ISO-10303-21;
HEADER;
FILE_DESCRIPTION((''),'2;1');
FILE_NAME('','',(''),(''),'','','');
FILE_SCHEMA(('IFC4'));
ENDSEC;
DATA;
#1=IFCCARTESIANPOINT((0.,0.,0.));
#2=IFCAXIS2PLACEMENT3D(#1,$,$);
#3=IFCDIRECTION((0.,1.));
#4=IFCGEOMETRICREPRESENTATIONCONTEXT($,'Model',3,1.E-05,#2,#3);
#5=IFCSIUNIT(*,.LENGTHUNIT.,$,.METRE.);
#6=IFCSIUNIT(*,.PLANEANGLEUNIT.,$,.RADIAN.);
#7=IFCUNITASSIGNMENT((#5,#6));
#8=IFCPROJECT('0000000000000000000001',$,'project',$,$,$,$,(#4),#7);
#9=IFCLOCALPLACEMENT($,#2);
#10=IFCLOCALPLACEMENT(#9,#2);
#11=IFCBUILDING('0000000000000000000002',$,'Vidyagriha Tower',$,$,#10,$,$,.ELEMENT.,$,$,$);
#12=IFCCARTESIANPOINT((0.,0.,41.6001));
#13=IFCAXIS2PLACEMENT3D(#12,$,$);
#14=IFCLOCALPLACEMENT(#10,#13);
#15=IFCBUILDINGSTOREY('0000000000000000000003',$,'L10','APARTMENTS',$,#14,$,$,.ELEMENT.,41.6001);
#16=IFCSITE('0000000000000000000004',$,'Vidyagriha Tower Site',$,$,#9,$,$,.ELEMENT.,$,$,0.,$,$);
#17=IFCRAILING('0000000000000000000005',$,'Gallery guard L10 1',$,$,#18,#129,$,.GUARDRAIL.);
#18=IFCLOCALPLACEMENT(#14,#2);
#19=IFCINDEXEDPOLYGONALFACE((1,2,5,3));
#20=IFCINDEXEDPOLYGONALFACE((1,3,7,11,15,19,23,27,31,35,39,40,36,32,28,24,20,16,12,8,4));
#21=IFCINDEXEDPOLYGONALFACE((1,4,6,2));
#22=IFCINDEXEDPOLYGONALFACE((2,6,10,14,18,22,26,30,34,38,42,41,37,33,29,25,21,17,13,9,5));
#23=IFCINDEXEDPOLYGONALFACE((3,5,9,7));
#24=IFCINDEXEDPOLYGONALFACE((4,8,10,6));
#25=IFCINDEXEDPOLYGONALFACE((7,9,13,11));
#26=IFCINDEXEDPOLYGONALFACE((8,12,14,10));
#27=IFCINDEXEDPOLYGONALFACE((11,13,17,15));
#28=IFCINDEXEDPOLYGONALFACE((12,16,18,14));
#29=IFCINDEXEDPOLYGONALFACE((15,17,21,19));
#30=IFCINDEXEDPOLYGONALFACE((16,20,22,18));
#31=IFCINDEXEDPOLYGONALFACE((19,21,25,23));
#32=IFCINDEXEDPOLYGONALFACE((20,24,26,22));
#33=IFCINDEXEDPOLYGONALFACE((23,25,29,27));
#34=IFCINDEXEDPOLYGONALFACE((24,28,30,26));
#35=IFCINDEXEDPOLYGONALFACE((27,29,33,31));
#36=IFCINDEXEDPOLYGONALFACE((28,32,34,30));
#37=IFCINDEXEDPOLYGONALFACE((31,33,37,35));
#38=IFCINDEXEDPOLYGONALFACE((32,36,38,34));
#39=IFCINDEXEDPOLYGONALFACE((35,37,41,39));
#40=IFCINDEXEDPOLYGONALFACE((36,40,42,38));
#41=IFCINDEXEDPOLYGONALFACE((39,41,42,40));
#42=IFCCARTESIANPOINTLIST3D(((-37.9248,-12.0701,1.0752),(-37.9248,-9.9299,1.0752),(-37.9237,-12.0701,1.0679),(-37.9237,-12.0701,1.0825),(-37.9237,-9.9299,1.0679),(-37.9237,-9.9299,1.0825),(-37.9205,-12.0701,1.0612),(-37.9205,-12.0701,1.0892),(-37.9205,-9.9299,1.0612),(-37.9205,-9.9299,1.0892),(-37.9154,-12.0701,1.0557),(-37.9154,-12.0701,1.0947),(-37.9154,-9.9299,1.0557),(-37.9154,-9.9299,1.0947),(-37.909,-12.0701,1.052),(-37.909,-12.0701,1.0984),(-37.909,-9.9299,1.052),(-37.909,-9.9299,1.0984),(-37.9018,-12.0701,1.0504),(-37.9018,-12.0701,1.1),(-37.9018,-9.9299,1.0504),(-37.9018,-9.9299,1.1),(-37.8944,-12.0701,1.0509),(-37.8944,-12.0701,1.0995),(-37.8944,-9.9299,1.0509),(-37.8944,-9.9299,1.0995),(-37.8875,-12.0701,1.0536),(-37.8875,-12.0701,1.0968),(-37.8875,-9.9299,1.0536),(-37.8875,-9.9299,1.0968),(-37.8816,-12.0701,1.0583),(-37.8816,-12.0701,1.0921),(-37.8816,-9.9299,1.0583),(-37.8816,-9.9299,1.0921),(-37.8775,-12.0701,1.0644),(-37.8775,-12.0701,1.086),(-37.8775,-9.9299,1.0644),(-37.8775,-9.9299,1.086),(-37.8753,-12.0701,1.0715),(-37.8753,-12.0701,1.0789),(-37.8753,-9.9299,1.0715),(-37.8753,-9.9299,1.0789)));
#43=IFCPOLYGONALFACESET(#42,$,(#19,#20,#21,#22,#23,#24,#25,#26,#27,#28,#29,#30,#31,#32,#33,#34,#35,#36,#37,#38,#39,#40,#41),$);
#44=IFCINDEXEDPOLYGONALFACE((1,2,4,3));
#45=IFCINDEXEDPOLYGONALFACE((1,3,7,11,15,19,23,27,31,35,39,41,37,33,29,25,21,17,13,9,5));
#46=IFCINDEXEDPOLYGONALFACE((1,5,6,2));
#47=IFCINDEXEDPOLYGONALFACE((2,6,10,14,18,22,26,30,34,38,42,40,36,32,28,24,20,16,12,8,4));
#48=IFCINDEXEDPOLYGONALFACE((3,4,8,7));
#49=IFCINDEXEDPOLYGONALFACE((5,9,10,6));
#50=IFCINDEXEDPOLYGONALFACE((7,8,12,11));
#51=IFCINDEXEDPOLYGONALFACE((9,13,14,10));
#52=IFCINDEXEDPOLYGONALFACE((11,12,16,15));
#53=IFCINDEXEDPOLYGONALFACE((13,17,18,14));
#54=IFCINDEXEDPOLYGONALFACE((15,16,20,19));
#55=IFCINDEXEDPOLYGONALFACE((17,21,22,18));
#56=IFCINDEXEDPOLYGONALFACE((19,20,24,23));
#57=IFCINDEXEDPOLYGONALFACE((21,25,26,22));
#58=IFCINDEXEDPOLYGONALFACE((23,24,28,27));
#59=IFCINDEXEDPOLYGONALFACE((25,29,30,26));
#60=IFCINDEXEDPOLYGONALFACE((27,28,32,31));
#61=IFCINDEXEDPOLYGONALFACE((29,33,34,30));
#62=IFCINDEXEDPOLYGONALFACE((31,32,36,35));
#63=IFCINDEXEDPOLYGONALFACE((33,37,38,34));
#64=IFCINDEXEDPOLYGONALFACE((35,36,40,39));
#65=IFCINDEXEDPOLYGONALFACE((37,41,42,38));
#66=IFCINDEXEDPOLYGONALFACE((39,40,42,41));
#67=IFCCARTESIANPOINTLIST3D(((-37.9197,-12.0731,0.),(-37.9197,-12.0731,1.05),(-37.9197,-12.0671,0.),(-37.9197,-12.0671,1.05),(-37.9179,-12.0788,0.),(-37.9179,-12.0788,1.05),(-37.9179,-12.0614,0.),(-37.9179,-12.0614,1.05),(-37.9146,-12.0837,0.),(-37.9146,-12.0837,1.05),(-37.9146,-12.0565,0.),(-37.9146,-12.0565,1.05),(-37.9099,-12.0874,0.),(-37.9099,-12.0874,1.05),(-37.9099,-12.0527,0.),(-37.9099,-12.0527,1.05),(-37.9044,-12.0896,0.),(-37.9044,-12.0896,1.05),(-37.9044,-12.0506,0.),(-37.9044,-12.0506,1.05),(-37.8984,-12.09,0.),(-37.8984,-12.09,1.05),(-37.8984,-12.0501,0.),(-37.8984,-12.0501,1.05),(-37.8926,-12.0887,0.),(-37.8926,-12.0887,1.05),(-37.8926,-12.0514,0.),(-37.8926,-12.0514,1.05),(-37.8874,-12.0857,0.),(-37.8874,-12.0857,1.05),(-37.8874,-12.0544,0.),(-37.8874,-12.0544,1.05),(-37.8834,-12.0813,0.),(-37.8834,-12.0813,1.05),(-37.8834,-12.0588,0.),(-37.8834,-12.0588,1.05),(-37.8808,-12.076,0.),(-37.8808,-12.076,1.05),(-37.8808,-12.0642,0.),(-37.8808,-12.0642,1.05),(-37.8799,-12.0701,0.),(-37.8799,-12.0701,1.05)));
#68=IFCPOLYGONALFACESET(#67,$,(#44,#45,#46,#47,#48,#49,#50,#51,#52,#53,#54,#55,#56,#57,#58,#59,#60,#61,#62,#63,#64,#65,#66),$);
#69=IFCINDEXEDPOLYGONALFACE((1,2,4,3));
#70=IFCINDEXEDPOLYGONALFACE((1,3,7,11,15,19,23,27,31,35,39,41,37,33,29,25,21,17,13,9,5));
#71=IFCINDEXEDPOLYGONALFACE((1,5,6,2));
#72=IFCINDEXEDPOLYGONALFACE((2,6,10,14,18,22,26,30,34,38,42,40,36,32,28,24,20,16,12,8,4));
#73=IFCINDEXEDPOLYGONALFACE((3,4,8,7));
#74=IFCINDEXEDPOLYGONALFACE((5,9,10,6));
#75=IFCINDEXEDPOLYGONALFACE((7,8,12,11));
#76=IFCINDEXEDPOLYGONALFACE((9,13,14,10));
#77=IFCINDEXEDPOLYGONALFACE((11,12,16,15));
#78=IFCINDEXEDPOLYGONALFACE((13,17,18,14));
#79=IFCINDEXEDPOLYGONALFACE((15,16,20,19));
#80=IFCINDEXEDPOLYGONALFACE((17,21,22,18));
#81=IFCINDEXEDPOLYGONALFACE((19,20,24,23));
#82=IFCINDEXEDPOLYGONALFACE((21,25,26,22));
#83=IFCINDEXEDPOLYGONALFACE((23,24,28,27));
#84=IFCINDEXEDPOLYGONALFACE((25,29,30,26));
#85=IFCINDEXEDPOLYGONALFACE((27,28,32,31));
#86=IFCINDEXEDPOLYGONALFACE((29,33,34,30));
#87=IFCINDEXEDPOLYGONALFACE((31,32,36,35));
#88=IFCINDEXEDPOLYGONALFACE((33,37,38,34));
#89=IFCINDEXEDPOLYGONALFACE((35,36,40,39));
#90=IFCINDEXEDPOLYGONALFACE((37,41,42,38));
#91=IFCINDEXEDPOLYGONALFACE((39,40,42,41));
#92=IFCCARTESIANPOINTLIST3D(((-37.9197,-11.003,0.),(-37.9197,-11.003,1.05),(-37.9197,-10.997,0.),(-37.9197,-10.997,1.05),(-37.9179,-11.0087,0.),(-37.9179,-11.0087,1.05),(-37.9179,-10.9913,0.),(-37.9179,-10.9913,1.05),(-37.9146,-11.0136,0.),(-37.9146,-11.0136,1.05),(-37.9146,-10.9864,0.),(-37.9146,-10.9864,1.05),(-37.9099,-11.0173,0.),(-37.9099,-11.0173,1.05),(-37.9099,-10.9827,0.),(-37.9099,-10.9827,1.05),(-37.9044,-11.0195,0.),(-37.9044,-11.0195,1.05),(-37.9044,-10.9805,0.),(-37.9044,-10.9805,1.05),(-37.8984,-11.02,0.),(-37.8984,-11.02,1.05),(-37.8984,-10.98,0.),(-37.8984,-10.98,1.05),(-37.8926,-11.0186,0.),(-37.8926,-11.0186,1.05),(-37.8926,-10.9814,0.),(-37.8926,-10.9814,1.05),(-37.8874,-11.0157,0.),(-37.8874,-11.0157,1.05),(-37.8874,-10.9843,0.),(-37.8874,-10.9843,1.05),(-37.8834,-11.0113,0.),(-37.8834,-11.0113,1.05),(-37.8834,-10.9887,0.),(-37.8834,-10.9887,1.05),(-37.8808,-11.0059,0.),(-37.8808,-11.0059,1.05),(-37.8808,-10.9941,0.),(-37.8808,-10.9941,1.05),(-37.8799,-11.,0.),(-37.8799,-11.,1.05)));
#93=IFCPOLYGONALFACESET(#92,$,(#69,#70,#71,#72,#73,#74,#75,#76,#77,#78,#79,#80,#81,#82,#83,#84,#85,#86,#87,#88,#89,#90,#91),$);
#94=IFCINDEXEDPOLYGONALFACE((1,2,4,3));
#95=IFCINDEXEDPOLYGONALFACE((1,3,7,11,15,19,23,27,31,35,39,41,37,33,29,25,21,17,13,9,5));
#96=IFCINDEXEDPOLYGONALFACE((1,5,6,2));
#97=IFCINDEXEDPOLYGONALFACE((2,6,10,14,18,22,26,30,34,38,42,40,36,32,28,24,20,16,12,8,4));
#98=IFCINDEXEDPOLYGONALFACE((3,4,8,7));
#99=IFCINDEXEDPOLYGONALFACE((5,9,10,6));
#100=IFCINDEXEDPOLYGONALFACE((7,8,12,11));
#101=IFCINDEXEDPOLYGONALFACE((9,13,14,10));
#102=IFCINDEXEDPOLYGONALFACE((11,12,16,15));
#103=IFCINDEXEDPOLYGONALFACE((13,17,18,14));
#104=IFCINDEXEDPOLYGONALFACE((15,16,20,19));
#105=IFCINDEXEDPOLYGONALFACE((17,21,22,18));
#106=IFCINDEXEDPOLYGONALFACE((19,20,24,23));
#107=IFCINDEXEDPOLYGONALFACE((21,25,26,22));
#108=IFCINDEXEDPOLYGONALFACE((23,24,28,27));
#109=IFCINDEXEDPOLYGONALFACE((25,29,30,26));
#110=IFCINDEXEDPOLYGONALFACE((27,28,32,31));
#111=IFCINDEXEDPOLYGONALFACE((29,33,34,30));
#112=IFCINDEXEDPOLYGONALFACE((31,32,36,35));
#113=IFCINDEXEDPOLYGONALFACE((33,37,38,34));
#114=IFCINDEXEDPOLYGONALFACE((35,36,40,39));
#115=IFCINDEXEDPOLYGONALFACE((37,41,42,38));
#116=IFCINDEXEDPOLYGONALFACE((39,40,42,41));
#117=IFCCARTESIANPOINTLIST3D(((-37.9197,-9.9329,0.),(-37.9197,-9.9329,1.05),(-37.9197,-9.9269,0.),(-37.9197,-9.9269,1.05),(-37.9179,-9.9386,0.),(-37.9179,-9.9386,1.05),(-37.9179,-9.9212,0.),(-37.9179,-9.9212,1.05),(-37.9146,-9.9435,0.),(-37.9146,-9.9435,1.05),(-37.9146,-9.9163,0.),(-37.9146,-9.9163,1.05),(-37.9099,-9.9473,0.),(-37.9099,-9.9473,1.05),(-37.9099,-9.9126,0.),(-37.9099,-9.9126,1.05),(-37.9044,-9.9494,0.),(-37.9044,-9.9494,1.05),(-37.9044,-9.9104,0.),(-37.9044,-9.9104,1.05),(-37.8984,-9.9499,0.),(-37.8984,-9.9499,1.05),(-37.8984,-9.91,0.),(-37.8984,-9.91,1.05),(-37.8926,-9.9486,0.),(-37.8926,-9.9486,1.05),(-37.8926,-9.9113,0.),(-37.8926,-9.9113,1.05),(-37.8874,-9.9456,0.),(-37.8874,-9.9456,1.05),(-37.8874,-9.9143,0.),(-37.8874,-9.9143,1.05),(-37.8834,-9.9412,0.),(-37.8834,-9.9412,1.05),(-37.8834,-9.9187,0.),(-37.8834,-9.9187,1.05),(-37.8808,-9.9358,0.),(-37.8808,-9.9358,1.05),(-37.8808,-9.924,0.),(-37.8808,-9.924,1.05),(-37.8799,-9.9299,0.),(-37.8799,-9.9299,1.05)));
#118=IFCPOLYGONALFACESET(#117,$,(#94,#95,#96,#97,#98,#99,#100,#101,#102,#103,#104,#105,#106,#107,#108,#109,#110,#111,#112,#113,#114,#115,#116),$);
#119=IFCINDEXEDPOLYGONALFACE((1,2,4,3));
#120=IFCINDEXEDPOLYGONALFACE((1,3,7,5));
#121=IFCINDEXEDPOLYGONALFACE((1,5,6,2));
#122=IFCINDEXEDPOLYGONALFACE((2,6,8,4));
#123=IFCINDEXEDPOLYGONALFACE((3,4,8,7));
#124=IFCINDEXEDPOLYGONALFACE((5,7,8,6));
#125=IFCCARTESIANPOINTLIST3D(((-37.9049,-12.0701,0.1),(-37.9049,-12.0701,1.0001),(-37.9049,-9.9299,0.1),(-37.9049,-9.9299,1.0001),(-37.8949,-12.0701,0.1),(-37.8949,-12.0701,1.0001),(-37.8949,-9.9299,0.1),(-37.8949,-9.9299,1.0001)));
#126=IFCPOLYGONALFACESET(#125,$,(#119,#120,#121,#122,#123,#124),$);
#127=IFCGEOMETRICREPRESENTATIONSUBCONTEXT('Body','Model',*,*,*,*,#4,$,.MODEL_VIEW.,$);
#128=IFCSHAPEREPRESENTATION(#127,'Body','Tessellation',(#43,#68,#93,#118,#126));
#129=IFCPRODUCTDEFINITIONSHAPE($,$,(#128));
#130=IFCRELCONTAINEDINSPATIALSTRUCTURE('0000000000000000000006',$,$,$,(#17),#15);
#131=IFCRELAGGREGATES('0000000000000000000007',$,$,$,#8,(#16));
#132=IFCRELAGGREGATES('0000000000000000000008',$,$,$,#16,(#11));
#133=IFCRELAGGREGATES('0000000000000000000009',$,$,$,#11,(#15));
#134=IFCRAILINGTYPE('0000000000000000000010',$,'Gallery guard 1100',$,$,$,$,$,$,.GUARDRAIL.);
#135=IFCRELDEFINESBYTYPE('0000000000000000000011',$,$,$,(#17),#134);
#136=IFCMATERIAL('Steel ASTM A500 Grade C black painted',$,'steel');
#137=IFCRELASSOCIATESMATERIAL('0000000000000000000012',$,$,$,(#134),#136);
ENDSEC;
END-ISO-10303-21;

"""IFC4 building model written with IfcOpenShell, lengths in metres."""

from ifc_helpers import new_model, si_unit, direction, frame, origin, origin_2d, place, context, subcontext, project, spatial, rectangle, circle, extrude, material, type_object, element, save


model = new_model("IFC4")

# Units and contexts
model_context = context("Model", 3, precision=1e-05, world=origin(), true_north=direction((0.0, 1.0)))
body_context = subcontext(model_context, "Body", "Model", "MODEL_VIEW")
ifc_project = project(units=[si_unit("LENGTHUNIT", "METRE"), si_unit("PLANEANGLEUNIT", "RADIAN")], contexts=[model_context])

# Site, building, storey
site_placement = place(None, origin())
site = spatial("IfcSite", under=ifc_project, at=site_placement, Name="Vidyagriha Tower Site", CompositionType="ELEMENT", RefElevation=0.0)
building_placement = place(site_placement, origin())
building = spatial("IfcBuilding", under=site, at=building_placement, Name="Vidyagriha Tower", CompositionType="ELEMENT")
storey_placement = place(building_placement, frame((0.0, 0.0, 41.6001)))
storey = spatial("IfcBuildingStorey", under=building, at=storey_placement, Name="L10", Description="APARTMENTS", CompositionType="ELEMENT", Elevation=41.6001)

# Railing
ifc_material_1 = material(Name="Steel ASTM A500 Grade C black painted", Category="steel")
railing_type_1 = type_object("IfcRailingType", Name="Gallery guard 1100", PredefinedType="GUARDRAIL", material=ifc_material_1)
railing_1_placement = place(storey_placement, frame((-37.8999, -12.0701, 0.0)))
element("IfcRailing", 1, at=railing_1_placement, inside=storey, type_object=railing_type_1, Name="Gallery guard L10 1", PredefinedType="GUARDRAIL", context=body_context, shape_type="SweptSolid", body=[
    extrude(circle(Radius=0.0249, at=origin_2d()), frame((0.0, 0.0, 1.0752), z_axis=(0.0, 1.0, 0.0), x_axis=(-1.0, 0.0, 0.0)), (0.0, 0.0, 1.0), 2.1401),
    extrude(circle(Radius=0.02, at=origin_2d()), origin(), (0.0, 0.0, 1.0), 1.05),
    extrude(circle(Radius=0.02, at=origin_2d()), frame((0.0, 1.0701, 0.0)), (0.0, 0.0, 1.0), 1.05),
    extrude(circle(Radius=0.02, at=origin_2d()), frame((0.0, 2.1401, 0.0)), (0.0, 0.0, 1.0), 1.05),
    extrude(rectangle(XDim=0.01, YDim=0.9001, at=origin_2d()), frame((0.0, 0.0, 0.55), z_axis=(0.0, 1.0, 0.0), x_axis=(-1.0, 0.0, 0.0)), (0.0, 0.0, 1.0), 2.1401),
])

save(model, "model.ifc")
